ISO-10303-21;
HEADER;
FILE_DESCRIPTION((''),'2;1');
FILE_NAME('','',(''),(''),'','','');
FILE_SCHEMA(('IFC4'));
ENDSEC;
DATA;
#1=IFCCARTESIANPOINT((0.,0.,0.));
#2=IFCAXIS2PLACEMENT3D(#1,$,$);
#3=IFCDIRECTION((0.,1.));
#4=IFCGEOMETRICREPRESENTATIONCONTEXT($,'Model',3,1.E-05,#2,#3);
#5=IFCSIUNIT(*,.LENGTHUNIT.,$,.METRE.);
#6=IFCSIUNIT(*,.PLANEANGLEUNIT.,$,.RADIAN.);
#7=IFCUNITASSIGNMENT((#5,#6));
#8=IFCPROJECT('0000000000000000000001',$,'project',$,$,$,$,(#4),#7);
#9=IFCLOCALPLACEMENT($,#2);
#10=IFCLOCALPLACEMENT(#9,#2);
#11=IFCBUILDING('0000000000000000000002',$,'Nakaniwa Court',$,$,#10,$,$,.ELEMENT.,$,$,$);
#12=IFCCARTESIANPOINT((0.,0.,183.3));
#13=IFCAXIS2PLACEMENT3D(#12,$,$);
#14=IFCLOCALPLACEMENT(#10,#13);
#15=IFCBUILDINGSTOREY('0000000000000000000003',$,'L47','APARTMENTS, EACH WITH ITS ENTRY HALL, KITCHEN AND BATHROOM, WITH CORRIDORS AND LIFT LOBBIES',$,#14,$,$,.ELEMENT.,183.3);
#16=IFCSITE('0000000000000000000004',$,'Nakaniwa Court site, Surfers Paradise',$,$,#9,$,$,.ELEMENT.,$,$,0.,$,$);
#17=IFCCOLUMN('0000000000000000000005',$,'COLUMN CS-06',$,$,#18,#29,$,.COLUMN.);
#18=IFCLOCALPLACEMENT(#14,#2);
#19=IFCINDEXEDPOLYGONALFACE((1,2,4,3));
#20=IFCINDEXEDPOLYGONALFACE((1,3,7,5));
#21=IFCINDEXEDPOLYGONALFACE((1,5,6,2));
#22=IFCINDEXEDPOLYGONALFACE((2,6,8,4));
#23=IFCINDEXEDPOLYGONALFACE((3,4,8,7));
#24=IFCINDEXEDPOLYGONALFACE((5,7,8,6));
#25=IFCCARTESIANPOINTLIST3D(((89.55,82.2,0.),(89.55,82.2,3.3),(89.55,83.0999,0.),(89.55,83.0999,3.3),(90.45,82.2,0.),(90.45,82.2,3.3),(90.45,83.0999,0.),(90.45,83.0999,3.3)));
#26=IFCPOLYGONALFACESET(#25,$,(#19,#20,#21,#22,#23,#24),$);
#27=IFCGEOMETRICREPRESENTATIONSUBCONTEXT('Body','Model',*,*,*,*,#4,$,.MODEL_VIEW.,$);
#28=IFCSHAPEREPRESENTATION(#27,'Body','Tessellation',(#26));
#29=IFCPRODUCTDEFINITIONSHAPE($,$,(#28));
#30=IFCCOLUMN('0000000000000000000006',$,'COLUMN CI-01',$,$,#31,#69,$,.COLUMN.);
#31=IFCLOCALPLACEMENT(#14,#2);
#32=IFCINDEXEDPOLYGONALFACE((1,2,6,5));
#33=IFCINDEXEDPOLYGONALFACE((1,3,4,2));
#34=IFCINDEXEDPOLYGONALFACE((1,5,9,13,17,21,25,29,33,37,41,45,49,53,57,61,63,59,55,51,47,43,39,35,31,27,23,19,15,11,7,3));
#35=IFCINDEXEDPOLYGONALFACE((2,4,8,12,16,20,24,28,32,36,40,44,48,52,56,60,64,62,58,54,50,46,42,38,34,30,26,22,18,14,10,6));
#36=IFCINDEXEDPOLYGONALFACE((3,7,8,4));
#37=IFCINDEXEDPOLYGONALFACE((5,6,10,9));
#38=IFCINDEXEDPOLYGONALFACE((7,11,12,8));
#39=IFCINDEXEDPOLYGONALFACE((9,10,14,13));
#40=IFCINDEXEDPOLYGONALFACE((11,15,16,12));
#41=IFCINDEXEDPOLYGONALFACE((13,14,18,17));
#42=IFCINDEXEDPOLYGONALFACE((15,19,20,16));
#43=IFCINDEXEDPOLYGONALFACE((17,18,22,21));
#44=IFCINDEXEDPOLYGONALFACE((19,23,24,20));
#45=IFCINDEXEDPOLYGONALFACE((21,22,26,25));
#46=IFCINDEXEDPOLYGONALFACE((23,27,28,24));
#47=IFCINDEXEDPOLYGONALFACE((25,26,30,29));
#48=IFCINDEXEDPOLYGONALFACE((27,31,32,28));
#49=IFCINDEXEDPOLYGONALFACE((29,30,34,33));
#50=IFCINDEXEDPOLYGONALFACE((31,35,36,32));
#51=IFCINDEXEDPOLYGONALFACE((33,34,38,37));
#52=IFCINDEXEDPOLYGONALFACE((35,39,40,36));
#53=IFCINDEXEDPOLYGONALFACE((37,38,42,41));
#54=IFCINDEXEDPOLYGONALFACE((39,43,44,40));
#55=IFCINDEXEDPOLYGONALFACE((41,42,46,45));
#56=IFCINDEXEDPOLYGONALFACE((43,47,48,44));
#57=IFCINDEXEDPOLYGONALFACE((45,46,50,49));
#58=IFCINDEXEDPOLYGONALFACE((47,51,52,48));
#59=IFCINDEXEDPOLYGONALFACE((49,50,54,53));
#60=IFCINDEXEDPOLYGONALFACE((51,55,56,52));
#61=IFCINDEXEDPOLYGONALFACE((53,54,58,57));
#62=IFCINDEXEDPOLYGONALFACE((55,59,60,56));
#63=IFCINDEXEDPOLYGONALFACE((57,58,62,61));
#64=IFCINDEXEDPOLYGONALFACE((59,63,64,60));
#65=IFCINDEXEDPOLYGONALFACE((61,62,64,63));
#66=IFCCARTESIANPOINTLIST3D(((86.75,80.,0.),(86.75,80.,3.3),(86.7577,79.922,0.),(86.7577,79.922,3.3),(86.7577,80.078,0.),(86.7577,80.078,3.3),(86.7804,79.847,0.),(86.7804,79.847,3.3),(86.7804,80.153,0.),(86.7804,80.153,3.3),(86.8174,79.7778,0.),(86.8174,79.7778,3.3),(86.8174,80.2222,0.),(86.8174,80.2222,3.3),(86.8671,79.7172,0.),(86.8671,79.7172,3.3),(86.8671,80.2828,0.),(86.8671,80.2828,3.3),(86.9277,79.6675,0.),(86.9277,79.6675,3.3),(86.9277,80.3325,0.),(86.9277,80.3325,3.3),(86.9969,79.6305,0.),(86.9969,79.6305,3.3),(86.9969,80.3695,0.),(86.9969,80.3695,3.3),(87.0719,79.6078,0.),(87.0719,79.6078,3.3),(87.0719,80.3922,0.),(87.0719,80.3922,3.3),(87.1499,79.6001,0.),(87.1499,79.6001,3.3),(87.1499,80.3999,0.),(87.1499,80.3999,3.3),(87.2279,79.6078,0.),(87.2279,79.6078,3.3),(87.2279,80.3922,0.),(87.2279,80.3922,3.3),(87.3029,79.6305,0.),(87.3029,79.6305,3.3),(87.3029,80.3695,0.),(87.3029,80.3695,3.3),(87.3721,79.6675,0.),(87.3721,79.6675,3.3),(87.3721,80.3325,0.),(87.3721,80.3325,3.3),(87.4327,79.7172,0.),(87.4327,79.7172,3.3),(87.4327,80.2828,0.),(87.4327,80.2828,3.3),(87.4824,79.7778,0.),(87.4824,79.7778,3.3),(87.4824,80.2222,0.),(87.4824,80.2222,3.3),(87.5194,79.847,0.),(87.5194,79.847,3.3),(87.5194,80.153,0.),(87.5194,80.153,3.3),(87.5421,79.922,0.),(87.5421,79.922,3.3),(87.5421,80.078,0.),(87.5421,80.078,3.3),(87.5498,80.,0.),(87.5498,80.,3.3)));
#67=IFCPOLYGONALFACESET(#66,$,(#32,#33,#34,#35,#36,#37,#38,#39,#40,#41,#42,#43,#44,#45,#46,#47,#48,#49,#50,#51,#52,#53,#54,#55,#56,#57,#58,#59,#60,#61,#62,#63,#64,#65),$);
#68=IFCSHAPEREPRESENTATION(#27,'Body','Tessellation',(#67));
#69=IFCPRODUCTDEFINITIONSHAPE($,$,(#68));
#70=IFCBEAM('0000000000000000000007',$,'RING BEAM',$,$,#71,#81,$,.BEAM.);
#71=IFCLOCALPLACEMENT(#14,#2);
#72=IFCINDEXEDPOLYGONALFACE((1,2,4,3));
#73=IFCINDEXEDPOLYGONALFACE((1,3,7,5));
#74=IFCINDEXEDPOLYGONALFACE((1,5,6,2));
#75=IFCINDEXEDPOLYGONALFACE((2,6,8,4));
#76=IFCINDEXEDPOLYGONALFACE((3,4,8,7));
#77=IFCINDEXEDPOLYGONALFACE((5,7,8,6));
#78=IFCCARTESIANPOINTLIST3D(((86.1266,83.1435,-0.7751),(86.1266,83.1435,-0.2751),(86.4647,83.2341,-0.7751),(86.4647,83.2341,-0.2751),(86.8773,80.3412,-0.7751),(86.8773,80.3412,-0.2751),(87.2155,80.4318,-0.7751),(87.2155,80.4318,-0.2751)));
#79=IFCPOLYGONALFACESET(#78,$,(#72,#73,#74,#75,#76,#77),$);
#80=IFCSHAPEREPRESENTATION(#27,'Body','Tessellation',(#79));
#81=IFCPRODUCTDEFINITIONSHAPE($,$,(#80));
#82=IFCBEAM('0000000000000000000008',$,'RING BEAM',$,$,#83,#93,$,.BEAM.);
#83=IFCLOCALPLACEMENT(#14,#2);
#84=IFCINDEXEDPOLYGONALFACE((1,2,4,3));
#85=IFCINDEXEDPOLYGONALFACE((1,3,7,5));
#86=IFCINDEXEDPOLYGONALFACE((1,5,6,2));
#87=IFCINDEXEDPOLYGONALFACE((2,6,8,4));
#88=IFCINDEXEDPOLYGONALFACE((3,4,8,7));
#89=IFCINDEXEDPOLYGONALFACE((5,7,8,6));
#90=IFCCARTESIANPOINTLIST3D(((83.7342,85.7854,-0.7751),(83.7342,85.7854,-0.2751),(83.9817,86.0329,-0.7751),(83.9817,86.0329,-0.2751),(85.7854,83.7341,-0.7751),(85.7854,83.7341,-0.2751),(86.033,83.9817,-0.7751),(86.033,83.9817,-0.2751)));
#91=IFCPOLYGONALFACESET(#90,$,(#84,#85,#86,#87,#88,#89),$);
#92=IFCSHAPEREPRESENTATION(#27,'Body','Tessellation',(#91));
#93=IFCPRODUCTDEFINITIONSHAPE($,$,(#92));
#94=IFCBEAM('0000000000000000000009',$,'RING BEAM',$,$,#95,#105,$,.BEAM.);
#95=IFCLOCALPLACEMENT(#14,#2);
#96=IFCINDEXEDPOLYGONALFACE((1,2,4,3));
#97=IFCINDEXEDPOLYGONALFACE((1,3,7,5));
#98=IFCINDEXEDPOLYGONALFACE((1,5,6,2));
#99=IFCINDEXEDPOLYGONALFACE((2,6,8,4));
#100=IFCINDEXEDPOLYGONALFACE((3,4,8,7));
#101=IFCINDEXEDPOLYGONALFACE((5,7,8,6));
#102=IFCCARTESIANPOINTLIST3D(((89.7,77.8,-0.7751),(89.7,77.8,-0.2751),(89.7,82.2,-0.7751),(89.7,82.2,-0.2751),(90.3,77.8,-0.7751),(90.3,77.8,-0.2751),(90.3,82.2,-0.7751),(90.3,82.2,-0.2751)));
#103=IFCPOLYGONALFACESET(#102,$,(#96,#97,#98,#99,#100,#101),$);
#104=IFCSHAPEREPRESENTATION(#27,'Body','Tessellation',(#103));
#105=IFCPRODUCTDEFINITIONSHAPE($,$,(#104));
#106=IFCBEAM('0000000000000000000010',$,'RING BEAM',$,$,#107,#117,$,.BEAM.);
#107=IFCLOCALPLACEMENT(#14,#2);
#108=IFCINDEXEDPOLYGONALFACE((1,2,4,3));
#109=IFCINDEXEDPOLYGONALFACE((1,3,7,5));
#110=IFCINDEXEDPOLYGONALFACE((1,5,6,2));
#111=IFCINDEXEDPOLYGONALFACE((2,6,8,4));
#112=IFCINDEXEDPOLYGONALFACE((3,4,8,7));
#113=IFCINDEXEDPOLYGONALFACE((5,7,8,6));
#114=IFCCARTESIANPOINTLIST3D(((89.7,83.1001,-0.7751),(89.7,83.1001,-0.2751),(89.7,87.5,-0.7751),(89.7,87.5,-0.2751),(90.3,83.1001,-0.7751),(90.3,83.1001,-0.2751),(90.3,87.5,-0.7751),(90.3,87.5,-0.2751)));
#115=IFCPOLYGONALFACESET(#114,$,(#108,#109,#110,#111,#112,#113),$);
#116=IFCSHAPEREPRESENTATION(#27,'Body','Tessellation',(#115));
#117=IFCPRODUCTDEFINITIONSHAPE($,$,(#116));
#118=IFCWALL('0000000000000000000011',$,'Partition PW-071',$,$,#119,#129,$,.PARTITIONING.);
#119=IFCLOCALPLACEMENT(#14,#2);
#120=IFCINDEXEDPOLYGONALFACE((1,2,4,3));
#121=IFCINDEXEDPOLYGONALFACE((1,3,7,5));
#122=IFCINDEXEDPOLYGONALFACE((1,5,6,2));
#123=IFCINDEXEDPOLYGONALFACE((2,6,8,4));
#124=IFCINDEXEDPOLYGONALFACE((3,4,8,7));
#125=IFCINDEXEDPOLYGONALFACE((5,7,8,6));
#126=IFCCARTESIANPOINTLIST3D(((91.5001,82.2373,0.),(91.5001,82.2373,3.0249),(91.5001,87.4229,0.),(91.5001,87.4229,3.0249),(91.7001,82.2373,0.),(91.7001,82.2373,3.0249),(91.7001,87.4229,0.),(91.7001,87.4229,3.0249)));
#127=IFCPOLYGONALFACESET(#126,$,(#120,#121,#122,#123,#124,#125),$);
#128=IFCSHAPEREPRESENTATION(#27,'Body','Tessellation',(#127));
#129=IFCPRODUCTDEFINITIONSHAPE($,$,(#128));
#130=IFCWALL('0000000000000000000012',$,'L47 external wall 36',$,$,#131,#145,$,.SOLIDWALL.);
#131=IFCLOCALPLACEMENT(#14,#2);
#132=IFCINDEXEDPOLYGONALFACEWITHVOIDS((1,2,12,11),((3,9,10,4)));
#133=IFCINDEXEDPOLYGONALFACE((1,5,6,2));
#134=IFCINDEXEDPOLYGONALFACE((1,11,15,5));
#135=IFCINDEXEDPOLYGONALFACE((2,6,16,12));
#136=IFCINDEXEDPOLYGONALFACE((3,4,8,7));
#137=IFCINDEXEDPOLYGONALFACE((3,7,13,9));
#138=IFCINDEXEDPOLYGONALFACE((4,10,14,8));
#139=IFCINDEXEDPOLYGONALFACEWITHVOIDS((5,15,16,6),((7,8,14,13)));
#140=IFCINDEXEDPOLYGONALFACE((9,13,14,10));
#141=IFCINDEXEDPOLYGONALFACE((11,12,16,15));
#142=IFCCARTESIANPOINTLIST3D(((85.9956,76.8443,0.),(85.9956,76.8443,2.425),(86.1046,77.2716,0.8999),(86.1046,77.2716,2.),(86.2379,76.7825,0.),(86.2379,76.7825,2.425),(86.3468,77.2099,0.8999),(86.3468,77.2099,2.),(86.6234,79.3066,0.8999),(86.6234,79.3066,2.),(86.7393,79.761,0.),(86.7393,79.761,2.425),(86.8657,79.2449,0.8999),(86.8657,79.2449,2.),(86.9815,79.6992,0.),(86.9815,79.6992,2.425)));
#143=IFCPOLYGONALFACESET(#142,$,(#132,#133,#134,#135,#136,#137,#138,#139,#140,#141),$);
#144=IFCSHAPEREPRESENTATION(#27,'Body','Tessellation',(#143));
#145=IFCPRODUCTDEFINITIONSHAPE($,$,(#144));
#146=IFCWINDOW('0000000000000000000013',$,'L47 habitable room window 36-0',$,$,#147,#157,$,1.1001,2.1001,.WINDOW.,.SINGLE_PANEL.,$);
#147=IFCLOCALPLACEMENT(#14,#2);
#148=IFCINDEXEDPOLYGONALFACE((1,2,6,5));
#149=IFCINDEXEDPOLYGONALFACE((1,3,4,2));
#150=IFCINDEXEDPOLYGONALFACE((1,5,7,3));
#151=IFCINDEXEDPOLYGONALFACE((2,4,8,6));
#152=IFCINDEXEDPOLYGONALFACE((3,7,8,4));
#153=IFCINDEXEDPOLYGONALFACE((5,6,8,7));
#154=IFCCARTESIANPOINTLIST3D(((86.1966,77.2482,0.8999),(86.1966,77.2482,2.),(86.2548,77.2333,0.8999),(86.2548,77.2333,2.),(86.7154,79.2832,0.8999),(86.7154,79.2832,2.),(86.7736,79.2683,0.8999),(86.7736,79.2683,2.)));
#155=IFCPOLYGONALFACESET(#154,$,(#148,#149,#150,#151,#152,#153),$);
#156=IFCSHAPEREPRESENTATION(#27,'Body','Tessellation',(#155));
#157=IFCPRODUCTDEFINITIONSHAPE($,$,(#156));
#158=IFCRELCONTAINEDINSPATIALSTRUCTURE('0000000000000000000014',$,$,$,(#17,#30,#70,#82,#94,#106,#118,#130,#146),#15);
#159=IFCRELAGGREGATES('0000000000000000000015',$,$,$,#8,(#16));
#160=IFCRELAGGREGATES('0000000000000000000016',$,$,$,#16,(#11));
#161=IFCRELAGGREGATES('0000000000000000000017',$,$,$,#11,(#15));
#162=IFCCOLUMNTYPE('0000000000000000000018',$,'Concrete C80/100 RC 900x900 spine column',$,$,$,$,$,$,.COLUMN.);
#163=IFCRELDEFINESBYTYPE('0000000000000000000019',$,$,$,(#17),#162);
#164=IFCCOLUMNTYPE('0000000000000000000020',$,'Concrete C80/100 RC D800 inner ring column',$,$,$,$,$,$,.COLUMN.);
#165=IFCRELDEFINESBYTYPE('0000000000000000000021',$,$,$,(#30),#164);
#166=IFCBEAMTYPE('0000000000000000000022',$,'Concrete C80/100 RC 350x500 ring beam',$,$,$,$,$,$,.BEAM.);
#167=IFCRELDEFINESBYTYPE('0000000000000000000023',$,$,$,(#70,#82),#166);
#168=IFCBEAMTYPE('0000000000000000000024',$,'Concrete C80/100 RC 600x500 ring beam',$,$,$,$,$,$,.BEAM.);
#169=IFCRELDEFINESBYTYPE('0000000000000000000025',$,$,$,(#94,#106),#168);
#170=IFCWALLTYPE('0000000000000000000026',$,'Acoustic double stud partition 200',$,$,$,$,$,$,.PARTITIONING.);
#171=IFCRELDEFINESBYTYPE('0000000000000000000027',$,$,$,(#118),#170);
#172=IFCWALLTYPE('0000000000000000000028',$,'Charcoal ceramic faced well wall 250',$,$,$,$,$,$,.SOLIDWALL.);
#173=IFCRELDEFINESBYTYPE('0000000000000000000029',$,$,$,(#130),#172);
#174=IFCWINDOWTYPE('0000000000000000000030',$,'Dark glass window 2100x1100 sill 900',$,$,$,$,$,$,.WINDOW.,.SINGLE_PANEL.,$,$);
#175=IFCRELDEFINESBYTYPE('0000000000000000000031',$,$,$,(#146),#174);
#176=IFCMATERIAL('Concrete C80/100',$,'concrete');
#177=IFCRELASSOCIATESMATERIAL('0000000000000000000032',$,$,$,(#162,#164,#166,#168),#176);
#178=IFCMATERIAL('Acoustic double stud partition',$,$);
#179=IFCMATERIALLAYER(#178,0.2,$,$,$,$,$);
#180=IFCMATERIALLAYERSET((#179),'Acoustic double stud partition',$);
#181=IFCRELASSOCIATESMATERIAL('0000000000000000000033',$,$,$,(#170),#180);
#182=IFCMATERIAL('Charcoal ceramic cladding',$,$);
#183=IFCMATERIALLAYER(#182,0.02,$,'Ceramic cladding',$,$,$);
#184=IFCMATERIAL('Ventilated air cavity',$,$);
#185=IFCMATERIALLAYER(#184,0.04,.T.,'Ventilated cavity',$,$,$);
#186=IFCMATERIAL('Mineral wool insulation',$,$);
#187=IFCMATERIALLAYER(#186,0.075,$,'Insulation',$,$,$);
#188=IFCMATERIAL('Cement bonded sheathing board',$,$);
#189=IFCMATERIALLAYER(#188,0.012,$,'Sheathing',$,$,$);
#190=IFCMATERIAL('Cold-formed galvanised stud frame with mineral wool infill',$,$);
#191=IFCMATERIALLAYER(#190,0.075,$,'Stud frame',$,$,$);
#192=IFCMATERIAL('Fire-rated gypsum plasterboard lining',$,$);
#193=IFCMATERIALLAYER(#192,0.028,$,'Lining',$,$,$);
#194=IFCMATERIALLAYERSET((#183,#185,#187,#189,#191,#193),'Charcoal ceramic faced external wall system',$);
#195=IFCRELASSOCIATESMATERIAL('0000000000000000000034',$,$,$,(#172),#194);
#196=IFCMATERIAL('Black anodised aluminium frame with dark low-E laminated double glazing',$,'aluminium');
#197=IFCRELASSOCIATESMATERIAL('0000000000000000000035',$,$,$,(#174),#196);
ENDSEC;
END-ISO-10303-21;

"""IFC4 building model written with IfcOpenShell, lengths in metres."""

from ifc_helpers import new_model, si_unit, direction, frame, frame_2d, origin, origin_2d, place, context, subcontext, project, spatial, rectangle, circle, extrude, material, layer, layer_set, material_profile, profile_set, type_object, element, fill, save


model = new_model("IFC4")

# Units and contexts
model_context = context("Model", 3, precision=1e-05, world=origin(), true_north=direction((0.0, 1.0)))
body_context = subcontext(model_context, "Body", "Model", "MODEL_VIEW")
ifc_project = project(units=[si_unit("LENGTHUNIT", "METRE"), si_unit("PLANEANGLEUNIT", "RADIAN")], contexts=[model_context])

# Site, building, storey
site_placement = place(None, origin())
site = spatial("IfcSite", under=ifc_project, at=site_placement, Name="Nakaniwa Court site, Surfers Paradise", CompositionType="ELEMENT", RefElevation=0.0)
building_placement = place(site_placement, origin())
building = spatial("IfcBuilding", under=site, at=building_placement, Name="Nakaniwa Court", CompositionType="ELEMENT")
storey_placement = place(building_placement, frame((0.0, 0.0, 183.3)))
storey = spatial("IfcBuildingStorey", under=building, at=storey_placement, Name="L47", Description="APARTMENTS, EACH WITH ITS ENTRY HALL, KITCHEN AND BATHROOM, WITH CORRIDORS AND LIFT LOBBIES", CompositionType="ELEMENT", Elevation=183.3)

# Columns
ifc_material_1 = material(Name="Concrete C80/100", Category="concrete")
ifc_material_profile_1 = material_profile(ifc_material_1, rectangle(XDim=0.8999, YDim=0.8999, at=origin_2d()), Name="Concrete C80/100 RC 900x900 spine column")
ifc_profile_set_1 = profile_set([ifc_material_profile_1], Name="Concrete C80/100")
column_type_1 = type_object("IfcColumnType", Name="Concrete C80/100 RC 900x900 spine column", PredefinedType="COLUMN", material=ifc_profile_set_1)
column_placement = place(storey_placement, frame((90.0, 82.6499, 0.0), z_axis=(0.0, 0.0, 1.0), x_axis=(0.0, 1.0, 0.0)))
element("IfcColumn", 1, at=column_placement, inside=storey, type_object=column_type_1, Name="COLUMN CS-06", PredefinedType="COLUMN", context=body_context, shape_type="SweptSolid", body=[
    extrude(rectangle(XDim=0.8999, YDim=0.8999, at=origin_2d()), origin(), (0.0, 0.0, 1.0), 3.3),
])
ifc_material_profile_2 = material_profile(ifc_material_1, circle(Radius=0.3999, at=origin_2d()), Name="Concrete C80/100 RC D800 inner ring column")
ifc_profile_set_2 = profile_set([ifc_material_profile_2], Name="Concrete C80/100")
column_type_2 = type_object("IfcColumnType", Name="Concrete C80/100 RC D800 inner ring column", PredefinedType="COLUMN", material=ifc_profile_set_2)
for number, where, z_axis, x_axis, name in (
    (2, (87.1499, 80.0, 0.0), (0.0, 0.0, 1.0), (0.0, 1.0, 0.0), "COLUMN CI-01"),
):
    element("IfcColumn", number, at=place(storey_placement, frame(where, z_axis=z_axis, x_axis=x_axis)), inside=storey, type_object=column_type_2, Name=name, PredefinedType="COLUMN", context=body_context, shape_type="SweptSolid", body=[
        extrude(circle(Radius=0.3999, at=origin_2d()), origin(), (0.0, 0.0, 1.0), 3.3),
    ])

# Beams
ifc_material_profile_3 = material_profile(ifc_material_1, rectangle(XDim=0.3501, YDim=0.5, at=origin_2d()), Name="Concrete C80/100 RC 350x500 ring beam")
ifc_profile_set_3 = profile_set([ifc_material_profile_3], Name="Concrete C80/100")
beam_type_1 = type_object("IfcBeamType", Name="Concrete C80/100 RC 350x500 ring beam", PredefinedType="BEAM", material=ifc_profile_set_3)
beam_1_placement = place(storey_placement, frame((87.0464, 80.3865, -0.5251), z_axis=(-0.258778, 0.965937, 0.0), x_axis=(-0.965937, -0.258778, 0.0)))
element("IfcBeam", 3, at=beam_1_placement, inside=storey, type_object=beam_type_1, Name="RING BEAM", PredefinedType="BEAM", context=body_context, shape_type="SweptSolid", body=[
    extrude(rectangle(XDim=0.3501, YDim=0.5, at=origin_2d()), origin(), (0.0, 0.0, 1.0), 2.9011),
])
beam_2_placement = place(storey_placement, frame((85.9092, 83.8579, -0.5251), z_axis=(-0.707107, 0.707107, 0.0), x_axis=(-0.707107, -0.707107, 0.0)))
element("IfcBeam", 4, at=beam_2_placement, inside=storey, type_object=beam_type_1, Name="RING BEAM", PredefinedType="BEAM", context=body_context, shape_type="SweptSolid", body=[
    extrude(rectangle(XDim=0.3501, YDim=0.5, at=origin_2d()), origin(), (0.0, 0.0, 1.0), 2.9009),
])
ifc_material_profile_4 = material_profile(ifc_material_1, rectangle(XDim=0.6001, YDim=0.5, at=origin_2d()), Name="Concrete C80/100 RC 600x500 ring beam")
ifc_profile_set_4 = profile_set([ifc_material_profile_4], Name="Concrete C80/100")
beam_type_2 = type_object("IfcBeamType", Name="Concrete C80/100 RC 600x500 ring beam", PredefinedType="BEAM", material=ifc_profile_set_4)
for number, where, z_axis, x_axis, name in (
    (5, (90.0, 77.8, -0.5251), (0.0, 1.0, 0.0), (-1.0, 0.0, 0.0), "RING BEAM"),
    (6, (90.0, 83.1001, -0.5251), (0.0, 1.0, 0.0), (-1.0, 0.0, 0.0), "RING BEAM"),
):
    element("IfcBeam", number, at=place(storey_placement, frame(where, z_axis=z_axis, x_axis=x_axis)), inside=storey, type_object=beam_type_2, Name=name, PredefinedType="BEAM", context=body_context, shape_type="SweptSolid", body=[
        extrude(rectangle(XDim=0.6001, YDim=0.5, at=origin_2d()), origin(), (0.0, 0.0, 1.0), 4.3999),
    ])

# Wall
ifc_material_2 = material(Name="Acoustic double stud partition")
ifc_layer_1 = layer(ifc_material_2, 0.2)
ifc_layer_set_1 = layer_set([ifc_layer_1], Name="Acoustic double stud partition")
wall_type_1 = type_object("IfcWallType", Name="Acoustic double stud partition 200", PredefinedType="PARTITIONING", material=ifc_layer_set_1)
wall_1_placement = place(storey_placement, frame((91.6001, 82.2373, 0.0), z_axis=(0.0, 0.0, 1.0), x_axis=(0.0, 1.0, 0.0)))
element("IfcWall", 7, at=wall_1_placement, inside=storey, type_object=wall_type_1, Name="Partition PW-071", PredefinedType="PARTITIONING", context=body_context, shape_type="SweptSolid", body=[
    extrude(rectangle(XDim=5.1855, YDim=0.2, at=frame_2d((2.5928, 0.0))), origin(), (0.0, 0.0, 1.0), 3.0249),
])

# Wall, opening, window
ifc_material_3 = material(Name="Charcoal ceramic cladding")
ifc_layer_2 = layer(ifc_material_3, 0.02, Name="Ceramic cladding")
ifc_material_4 = material(Name="Ventilated air cavity")
ifc_layer_3 = layer(ifc_material_4, 0.04, ventilated=True, Name="Ventilated cavity")
ifc_material_5 = material(Name="Mineral wool insulation")
ifc_layer_4 = layer(ifc_material_5, 0.075, Name="Insulation")
ifc_material_6 = material(Name="Cement bonded sheathing board")
ifc_layer_5 = layer(ifc_material_6, 0.012, Name="Sheathing")
ifc_material_7 = material(Name="Cold-formed galvanised stud frame with mineral wool infill")
ifc_layer_6 = layer(ifc_material_7, 0.075, Name="Stud frame")
ifc_material_8 = material(Name="Fire-rated gypsum plasterboard lining")
ifc_layer_7 = layer(ifc_material_8, 0.028, Name="Lining")
ifc_layer_set_2 = layer_set([ifc_layer_2, ifc_layer_3, ifc_layer_4, ifc_layer_5, ifc_layer_6, ifc_layer_7], Name="Charcoal ceramic faced external wall system")
wall_type_2 = type_object("IfcWallType", Name="Charcoal ceramic faced well wall 250", PredefinedType="SOLIDWALL", material=ifc_layer_set_2)
wall_2_placement = place(storey_placement, frame((86.8604, 79.73, 0.0), z_axis=(0.0, 0.0, 1.0), x_axis=(-0.247056, -0.969001, 0.0)))
wall_2 = element("IfcWall", 8, at=wall_2_placement, inside=storey, type_object=wall_type_2, Name="L47 external wall 36", PredefinedType="SOLIDWALL", context=body_context, shape_type="SweptSolid", body=[
    extrude(rectangle(XDim=3.01, YDim=0.25, at=frame_2d((1.5049, 0.0))), origin(), (0.0, 0.0, 1.0), 2.425),
])
opening_1_placement = place(wall_2_placement, frame((0.4688, 0.0, 0.8999)))
opening_1 = element("IfcOpeningElement", 9, at=opening_1_placement, cuts=wall_2, PredefinedType="OPENING", context=body_context, shape_type="SweptSolid", body=[
    extrude(rectangle(XDim=2.1001, YDim=1.1001, at=frame_2d((1.05, 0.55))), frame((0.0, 0.135, 0.0), z_axis=(0.0, -1.0, 0.0), x_axis=(1.0, 0.0, 0.0)), (0.0, 0.0, 1.0), 0.27),
])
ifc_material_9 = material(Name="Black anodised aluminium frame with dark low-E laminated double glazing", Category="aluminium")
window_type = type_object("IfcWindowType", Name="Dark glass window 2100x1100 sill 900", PartitioningType="SINGLE_PANEL", PredefinedType="WINDOW", material=ifc_material_9)
window_1_placement = place(opening_1_placement, origin())
window_1 = element("IfcWindow", 10, at=window_1_placement, inside=storey, type_object=window_type, Name="L47 habitable room window 36-0", OverallHeight=1.1001, OverallWidth=2.1001, PartitioningType="SINGLE_PANEL", PredefinedType="WINDOW", context=body_context, shape_type="SweptSolid", body=[
    extrude(rectangle(XDim=2.1001, YDim=1.1001, at=frame_2d((1.05, 0.55))), frame((0.0, 0.03, 0.0), z_axis=(0.0, -1.0, 0.0), x_axis=(1.0, 0.0, 0.0)), (0.0, 0.0, 1.0), 0.0601),
])
fill(opening_1, window_1)

save(model, "model.ifc")
